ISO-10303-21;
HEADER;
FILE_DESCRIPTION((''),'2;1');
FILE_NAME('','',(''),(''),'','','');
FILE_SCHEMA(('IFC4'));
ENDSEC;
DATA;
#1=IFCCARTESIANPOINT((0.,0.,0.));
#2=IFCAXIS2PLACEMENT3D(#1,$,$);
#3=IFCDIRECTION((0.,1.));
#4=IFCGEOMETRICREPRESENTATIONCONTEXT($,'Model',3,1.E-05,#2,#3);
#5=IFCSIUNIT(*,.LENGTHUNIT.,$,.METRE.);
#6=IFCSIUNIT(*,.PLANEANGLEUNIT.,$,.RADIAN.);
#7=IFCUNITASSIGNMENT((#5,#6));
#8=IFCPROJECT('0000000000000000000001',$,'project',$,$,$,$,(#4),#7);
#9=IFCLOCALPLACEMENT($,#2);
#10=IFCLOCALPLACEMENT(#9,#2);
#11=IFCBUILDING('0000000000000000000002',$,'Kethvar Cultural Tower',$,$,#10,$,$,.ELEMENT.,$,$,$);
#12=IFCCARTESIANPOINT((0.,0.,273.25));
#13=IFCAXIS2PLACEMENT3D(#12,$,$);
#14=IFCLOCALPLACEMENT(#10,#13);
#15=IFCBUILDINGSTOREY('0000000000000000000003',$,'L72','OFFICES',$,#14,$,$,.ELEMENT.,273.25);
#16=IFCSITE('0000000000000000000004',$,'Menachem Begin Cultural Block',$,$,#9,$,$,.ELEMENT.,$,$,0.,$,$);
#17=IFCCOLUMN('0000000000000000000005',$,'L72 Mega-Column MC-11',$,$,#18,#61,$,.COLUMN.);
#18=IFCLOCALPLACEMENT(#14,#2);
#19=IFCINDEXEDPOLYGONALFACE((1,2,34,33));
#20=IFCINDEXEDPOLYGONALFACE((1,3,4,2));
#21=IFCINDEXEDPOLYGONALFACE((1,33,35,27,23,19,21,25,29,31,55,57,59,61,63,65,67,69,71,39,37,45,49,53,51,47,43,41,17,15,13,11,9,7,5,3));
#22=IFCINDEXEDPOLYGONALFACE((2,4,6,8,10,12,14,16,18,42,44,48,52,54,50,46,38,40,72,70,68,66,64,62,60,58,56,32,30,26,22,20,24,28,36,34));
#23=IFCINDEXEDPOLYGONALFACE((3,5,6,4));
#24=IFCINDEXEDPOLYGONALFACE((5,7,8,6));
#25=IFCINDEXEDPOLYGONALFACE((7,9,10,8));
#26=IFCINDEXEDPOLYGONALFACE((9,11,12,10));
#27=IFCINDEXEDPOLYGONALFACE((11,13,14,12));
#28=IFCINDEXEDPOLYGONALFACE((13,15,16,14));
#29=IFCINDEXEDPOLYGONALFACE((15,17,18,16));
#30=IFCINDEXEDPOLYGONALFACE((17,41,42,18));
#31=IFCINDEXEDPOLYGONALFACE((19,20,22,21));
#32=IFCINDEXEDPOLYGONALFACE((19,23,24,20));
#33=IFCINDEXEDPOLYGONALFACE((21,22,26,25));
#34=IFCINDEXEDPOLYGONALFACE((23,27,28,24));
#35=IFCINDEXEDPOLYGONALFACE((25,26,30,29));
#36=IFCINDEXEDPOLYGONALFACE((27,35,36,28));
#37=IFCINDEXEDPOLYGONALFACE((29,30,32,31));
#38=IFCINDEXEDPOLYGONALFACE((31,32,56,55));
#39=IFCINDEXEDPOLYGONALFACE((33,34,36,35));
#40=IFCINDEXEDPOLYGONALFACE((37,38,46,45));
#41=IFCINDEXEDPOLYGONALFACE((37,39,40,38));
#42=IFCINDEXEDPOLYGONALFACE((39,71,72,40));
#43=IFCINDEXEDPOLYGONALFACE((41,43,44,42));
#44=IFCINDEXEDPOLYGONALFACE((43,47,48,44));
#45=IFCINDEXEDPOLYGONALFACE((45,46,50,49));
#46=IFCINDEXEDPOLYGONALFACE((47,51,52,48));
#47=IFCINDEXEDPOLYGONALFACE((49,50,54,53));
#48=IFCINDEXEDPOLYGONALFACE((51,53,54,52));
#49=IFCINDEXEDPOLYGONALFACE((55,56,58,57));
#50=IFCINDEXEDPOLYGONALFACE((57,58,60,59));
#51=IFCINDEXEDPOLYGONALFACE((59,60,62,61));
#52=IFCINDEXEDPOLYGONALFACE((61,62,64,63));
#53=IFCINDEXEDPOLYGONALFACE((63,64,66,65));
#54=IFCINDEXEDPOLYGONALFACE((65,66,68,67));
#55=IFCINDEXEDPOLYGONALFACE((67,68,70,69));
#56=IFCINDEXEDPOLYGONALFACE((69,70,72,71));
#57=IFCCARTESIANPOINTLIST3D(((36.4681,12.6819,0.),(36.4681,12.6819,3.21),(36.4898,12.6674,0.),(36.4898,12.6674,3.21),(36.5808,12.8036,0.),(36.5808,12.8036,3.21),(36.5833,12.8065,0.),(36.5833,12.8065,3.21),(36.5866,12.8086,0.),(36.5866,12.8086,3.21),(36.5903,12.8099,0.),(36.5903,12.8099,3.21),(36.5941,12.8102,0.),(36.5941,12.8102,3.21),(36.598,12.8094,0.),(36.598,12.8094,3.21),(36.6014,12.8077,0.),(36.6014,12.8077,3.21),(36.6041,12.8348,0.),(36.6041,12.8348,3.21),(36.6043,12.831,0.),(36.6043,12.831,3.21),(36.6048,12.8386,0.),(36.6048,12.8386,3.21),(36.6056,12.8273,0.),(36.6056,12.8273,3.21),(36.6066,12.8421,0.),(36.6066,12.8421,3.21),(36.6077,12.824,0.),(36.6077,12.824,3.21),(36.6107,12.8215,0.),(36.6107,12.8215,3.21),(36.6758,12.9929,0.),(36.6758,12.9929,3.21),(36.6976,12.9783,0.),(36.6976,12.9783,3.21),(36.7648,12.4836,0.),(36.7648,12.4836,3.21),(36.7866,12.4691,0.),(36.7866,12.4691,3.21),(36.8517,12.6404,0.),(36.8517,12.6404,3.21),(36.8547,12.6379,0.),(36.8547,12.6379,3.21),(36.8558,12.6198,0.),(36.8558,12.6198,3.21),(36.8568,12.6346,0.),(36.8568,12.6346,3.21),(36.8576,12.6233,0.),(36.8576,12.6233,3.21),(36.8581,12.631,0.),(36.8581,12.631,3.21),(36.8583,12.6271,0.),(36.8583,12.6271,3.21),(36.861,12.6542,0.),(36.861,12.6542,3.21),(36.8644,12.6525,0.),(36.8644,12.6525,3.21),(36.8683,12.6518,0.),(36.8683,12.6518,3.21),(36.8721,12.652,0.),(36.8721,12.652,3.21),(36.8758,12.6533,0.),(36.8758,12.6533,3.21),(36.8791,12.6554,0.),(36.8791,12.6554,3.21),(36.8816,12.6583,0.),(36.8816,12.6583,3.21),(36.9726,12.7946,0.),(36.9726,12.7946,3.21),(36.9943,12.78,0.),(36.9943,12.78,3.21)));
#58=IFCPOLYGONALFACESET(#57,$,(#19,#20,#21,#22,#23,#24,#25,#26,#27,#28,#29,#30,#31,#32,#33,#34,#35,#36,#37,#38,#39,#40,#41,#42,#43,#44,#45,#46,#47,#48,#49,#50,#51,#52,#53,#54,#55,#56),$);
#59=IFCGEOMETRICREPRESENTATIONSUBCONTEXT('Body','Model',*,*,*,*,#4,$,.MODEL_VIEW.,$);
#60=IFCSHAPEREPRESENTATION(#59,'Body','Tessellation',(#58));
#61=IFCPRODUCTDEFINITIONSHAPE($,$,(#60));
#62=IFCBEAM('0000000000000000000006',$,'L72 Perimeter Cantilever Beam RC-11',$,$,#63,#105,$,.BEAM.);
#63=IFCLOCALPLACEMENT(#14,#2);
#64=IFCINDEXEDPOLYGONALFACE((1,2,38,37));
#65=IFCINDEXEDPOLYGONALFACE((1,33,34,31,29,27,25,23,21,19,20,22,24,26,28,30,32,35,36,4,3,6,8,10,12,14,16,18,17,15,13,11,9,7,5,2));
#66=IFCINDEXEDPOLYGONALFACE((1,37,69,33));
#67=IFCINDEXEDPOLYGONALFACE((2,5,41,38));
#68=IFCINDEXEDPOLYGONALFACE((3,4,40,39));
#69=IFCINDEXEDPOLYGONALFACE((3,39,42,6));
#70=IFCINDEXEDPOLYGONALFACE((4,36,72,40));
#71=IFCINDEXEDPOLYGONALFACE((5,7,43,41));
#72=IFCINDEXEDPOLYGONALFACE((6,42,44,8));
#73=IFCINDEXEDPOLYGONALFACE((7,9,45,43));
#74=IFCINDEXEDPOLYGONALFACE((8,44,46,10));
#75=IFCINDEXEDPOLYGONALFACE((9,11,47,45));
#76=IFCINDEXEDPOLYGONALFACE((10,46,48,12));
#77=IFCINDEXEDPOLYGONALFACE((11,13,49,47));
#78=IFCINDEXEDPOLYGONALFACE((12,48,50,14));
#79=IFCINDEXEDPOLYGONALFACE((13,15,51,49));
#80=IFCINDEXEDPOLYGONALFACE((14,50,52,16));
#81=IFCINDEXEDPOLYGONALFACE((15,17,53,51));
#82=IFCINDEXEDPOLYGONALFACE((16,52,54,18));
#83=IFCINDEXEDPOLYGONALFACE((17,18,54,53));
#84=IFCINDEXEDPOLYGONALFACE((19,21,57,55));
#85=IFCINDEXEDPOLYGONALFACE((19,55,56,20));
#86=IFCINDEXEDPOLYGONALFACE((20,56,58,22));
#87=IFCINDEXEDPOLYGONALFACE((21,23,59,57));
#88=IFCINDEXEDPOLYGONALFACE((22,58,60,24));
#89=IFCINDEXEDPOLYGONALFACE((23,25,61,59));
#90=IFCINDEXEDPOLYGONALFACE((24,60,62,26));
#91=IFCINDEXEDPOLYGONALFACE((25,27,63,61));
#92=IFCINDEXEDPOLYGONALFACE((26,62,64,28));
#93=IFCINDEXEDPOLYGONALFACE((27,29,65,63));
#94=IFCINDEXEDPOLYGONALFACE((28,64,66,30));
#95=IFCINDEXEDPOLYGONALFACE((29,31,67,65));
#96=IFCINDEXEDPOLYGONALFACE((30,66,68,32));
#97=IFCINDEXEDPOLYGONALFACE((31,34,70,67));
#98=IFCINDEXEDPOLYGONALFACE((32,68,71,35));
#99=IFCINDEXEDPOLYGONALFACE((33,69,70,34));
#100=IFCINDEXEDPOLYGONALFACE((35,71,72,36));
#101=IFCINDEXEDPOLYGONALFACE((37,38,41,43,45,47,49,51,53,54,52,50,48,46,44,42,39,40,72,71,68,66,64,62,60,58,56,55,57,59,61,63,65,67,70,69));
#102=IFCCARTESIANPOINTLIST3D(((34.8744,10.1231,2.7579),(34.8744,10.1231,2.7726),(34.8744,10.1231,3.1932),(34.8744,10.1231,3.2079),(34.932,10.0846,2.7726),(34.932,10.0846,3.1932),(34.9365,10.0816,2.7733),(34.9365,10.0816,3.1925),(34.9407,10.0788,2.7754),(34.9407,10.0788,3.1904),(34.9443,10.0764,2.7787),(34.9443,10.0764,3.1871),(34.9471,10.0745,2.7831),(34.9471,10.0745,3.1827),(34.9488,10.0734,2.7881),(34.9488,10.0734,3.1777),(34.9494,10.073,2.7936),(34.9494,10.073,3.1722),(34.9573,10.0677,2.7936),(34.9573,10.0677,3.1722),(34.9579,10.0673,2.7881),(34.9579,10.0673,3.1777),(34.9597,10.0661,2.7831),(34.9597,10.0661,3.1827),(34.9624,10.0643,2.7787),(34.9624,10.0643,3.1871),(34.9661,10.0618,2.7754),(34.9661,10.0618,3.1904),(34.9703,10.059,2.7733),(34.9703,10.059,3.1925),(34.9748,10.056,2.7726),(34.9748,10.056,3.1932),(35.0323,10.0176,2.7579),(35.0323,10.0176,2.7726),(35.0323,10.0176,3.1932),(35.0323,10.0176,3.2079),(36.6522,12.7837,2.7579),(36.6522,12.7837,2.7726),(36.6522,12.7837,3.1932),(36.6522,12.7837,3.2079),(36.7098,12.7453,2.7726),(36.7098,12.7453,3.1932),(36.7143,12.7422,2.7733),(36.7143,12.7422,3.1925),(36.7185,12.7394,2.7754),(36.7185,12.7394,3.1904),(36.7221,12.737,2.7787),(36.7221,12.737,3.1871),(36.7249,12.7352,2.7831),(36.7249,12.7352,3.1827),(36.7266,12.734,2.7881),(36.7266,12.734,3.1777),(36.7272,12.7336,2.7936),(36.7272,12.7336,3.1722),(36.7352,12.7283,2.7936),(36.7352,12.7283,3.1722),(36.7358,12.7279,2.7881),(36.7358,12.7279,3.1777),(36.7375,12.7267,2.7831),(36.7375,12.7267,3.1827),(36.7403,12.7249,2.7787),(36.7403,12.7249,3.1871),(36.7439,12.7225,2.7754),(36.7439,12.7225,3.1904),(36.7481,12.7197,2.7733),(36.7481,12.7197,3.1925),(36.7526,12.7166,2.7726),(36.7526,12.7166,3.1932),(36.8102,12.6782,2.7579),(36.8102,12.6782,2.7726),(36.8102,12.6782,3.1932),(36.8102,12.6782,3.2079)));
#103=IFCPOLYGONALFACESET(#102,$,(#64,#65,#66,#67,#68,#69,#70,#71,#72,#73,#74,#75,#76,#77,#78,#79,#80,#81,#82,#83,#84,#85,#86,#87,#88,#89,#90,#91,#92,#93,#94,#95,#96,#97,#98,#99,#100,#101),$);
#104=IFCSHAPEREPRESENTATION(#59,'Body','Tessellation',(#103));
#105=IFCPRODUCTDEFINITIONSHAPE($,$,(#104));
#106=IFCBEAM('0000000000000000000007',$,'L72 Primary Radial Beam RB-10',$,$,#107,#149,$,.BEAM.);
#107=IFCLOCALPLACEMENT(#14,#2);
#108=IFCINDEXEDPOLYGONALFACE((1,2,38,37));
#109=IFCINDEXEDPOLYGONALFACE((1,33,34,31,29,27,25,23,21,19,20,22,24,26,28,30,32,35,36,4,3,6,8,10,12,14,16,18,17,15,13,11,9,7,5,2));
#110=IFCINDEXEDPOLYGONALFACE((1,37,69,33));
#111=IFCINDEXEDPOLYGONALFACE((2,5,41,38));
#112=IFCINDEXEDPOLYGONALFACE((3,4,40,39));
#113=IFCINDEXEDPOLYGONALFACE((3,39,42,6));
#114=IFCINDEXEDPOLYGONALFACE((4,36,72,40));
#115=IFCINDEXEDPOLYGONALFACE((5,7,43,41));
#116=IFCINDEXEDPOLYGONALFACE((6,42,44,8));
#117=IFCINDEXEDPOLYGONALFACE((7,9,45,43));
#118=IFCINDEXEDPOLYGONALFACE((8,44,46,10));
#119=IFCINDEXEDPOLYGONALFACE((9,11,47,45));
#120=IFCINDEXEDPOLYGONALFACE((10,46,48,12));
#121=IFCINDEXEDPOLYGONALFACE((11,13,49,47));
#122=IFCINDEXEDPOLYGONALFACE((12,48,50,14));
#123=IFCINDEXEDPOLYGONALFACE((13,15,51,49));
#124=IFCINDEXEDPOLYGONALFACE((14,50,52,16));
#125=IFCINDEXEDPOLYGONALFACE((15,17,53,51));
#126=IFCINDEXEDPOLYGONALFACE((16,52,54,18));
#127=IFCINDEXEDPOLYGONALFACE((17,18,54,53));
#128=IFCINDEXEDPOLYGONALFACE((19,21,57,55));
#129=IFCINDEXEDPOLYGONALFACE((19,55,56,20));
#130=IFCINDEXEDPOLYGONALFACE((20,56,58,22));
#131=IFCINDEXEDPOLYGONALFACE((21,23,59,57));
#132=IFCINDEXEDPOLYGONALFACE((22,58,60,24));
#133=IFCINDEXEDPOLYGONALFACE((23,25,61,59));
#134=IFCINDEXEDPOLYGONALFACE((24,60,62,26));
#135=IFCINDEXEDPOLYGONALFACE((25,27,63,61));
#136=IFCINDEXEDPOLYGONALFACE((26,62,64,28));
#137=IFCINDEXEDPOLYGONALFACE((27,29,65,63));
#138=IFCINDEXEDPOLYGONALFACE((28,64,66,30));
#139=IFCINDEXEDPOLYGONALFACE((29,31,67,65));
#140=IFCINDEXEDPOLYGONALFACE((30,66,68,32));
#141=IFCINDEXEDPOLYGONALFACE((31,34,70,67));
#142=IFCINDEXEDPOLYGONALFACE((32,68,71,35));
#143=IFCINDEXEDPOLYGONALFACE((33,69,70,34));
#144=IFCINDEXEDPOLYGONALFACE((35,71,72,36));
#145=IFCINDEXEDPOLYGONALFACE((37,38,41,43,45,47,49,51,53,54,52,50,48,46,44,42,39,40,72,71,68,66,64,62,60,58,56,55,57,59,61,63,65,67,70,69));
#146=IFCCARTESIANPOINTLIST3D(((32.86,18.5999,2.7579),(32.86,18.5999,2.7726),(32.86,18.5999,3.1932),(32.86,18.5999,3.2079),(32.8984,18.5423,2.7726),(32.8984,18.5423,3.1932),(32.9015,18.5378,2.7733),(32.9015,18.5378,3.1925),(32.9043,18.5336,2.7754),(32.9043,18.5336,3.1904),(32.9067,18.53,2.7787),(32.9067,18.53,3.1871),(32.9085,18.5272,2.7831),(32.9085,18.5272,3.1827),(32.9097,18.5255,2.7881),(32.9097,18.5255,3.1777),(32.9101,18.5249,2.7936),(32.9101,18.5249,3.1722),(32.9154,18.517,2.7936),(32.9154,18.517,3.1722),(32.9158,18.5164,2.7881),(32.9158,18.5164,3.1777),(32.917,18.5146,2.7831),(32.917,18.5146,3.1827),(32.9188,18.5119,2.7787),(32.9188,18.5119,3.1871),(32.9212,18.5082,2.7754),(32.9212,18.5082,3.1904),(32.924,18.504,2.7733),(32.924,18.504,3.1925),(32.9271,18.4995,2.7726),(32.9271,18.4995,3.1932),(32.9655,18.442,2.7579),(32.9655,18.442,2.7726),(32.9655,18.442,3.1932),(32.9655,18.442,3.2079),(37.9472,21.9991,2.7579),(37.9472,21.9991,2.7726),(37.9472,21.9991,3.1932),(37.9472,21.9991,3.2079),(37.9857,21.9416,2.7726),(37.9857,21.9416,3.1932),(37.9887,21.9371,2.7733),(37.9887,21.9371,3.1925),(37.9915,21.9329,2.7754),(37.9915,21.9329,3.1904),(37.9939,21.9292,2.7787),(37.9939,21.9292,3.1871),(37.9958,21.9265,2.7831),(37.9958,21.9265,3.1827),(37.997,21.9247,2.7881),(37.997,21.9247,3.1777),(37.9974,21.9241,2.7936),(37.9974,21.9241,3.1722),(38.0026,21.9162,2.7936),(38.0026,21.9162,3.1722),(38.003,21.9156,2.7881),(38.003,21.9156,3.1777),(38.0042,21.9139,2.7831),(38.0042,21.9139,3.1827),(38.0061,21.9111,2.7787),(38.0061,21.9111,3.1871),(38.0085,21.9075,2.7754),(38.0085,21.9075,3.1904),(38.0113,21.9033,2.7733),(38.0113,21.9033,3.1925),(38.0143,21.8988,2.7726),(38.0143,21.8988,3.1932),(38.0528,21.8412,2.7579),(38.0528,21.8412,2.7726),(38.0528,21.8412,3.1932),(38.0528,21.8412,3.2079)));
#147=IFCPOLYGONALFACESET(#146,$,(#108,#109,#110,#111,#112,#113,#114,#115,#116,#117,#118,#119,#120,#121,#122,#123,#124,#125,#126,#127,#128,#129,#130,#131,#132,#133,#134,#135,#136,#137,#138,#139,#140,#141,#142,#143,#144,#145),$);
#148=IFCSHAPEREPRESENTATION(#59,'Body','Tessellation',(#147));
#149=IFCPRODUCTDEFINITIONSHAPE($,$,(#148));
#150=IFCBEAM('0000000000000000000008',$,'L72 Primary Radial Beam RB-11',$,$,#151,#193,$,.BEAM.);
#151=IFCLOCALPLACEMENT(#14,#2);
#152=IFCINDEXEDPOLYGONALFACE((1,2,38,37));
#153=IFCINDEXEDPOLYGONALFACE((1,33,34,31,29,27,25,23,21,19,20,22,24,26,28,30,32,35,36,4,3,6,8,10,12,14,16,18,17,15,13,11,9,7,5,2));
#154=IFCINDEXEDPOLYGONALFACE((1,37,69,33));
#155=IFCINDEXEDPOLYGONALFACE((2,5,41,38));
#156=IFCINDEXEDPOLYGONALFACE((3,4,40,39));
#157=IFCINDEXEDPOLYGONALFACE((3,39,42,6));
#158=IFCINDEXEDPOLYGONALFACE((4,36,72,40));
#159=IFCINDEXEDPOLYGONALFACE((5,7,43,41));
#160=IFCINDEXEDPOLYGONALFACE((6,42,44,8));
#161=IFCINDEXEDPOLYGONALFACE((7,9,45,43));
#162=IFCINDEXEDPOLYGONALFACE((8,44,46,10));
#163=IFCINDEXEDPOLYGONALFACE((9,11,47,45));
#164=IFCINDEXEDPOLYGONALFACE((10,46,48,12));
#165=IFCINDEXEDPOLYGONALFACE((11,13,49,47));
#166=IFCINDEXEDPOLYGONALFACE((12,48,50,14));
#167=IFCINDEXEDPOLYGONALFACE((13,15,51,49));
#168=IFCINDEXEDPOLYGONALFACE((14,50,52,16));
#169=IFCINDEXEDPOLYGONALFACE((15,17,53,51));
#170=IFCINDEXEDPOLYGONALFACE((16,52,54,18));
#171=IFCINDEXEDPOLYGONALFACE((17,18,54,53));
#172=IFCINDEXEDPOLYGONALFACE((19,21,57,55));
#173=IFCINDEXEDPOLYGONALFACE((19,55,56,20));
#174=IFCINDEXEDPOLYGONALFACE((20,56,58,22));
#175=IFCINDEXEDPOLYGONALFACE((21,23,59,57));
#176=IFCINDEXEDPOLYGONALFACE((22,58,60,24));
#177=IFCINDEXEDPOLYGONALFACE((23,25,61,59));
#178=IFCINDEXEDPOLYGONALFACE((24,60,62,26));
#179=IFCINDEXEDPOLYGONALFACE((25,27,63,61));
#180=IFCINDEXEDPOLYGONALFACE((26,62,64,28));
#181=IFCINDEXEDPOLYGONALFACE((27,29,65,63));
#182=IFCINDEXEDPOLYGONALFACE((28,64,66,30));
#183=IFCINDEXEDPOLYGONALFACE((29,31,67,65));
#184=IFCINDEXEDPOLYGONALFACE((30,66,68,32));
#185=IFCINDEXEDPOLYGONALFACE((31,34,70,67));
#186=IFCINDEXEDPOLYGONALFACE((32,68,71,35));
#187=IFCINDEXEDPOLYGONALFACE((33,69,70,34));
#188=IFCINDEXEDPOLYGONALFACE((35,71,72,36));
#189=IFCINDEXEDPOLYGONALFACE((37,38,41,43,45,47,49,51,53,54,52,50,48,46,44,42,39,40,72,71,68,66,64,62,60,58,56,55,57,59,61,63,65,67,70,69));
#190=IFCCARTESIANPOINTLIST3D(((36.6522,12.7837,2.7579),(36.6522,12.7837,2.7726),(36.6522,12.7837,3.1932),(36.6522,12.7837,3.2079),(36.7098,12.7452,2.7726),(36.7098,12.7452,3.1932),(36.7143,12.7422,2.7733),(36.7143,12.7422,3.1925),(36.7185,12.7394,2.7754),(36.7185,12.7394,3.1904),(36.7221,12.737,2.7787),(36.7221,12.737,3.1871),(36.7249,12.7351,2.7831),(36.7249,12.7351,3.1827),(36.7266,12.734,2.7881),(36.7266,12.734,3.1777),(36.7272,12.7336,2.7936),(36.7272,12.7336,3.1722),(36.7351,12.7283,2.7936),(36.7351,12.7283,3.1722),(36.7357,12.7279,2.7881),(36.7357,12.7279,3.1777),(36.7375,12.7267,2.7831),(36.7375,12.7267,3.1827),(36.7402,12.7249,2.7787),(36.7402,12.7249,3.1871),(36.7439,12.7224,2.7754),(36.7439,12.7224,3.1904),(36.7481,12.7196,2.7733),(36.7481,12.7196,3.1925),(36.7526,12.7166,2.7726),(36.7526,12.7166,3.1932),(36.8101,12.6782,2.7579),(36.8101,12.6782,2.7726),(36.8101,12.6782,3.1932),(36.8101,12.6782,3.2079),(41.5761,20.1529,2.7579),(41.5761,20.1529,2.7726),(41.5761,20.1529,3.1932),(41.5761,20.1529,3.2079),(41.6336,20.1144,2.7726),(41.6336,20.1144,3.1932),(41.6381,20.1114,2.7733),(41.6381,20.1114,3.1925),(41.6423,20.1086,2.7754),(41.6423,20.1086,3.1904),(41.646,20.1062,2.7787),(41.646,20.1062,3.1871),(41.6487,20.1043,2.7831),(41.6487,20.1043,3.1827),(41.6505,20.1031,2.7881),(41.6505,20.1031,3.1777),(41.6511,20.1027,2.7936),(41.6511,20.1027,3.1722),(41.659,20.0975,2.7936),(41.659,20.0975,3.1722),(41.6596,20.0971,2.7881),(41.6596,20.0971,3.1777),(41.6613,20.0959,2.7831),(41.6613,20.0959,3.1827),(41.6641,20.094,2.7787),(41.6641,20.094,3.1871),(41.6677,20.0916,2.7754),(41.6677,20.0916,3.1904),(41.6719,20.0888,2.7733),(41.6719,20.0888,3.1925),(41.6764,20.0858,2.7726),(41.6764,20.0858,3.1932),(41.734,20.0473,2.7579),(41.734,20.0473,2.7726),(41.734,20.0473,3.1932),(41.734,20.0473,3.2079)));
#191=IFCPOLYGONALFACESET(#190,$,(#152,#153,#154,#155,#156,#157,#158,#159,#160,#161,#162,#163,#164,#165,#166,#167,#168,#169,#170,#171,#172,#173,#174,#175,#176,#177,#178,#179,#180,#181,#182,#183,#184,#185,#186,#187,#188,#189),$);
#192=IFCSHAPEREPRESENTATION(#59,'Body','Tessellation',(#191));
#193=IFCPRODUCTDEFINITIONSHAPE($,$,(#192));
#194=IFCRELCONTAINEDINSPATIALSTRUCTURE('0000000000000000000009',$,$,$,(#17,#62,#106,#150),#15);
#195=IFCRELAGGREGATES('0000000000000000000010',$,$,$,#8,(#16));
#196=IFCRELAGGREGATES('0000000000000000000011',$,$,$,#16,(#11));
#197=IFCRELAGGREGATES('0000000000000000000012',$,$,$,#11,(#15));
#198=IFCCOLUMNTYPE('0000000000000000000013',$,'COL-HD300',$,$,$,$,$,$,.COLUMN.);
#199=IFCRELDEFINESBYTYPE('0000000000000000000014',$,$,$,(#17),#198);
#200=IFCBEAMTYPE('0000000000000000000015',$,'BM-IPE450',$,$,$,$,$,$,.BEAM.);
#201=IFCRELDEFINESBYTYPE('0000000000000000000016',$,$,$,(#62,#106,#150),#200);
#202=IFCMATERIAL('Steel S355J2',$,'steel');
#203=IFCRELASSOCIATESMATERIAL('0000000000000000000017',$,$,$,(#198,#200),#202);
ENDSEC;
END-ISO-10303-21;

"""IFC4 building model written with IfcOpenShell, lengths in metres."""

from ifc_helpers import new_model, si_unit, direction, frame, origin, origin_2d, place, context, subcontext, project, spatial, i_section, extrude, source, transform, mapped, material, material_profile, profile_set, type_object, element, save


model = new_model("IFC4")

# Units and contexts
model_context = context("Model", 3, precision=1e-05, world=origin(), true_north=direction((0.0, 1.0)))
body_context = subcontext(model_context, "Body", "Model", "MODEL_VIEW")
ifc_project = project(units=[si_unit("LENGTHUNIT", "METRE"), si_unit("PLANEANGLEUNIT", "RADIAN")], contexts=[model_context])

# Site, building, storey
site_placement = place(None, origin())
site = spatial("IfcSite", under=ifc_project, at=site_placement, Name="Menachem Begin Cultural Block", CompositionType="ELEMENT", RefElevation=0.0)
building_placement = place(site_placement, origin())
building = spatial("IfcBuilding", under=site, at=building_placement, Name="Kethvar Cultural Tower", CompositionType="ELEMENT")
storey_placement = place(building_placement, frame((0.0, 0.0, 273.25)))
storey = spatial("IfcBuildingStorey", under=building, at=storey_placement, Name="L72", Description="OFFICES", CompositionType="ELEMENT", Elevation=273.25)

# Column
ifc_material_1 = material(Name="Steel S355J2", Category="steel")
ifc_material_profile_1 = material_profile(ifc_material_1, i_section(OverallWidth=0.374, OverallDepth=0.3831, WebThickness=0.0166, FlangeThickness=0.0261, FilletRadius=0.0149, at=origin_2d()), Name="Steel S355J2 — HD360x300")
ifc_profile_set_1 = profile_set([ifc_material_profile_1], Name="Steel S355J2 — HD360x300")
column_type = type_object("IfcColumnType", Name="COL-HD300", PredefinedType="COLUMN", material=ifc_profile_set_1)
shared_shape_1 = source(origin(), body_context, "Body", "SweptSolid", [
    extrude(i_section(OverallWidth=0.374, OverallDepth=0.3831, WebThickness=0.0166, FlangeThickness=0.0261, FilletRadius=0.0149, at=origin_2d()), origin(), (0.0, 0.0, 1.0), 3.21),
])
column_placement = place(storey_placement, frame((36.7312, 12.731, 0.0), z_axis=(0.0, 0.0, 1.0), x_axis=(-0.55557, -0.83147, 0.0)))
element("IfcColumn", 1, at=column_placement, inside=storey, type_object=column_type, Name="L72 Mega-Column MC-11", PredefinedType="COLUMN", context=body_context, shape_type="MappedRepresentation", body=[
    mapped(shared_shape_1, transform((0.0, 0.0, 0.0), scale=1.0)),
])

# Beams
ifc_material_profile_2 = material_profile(ifc_material_1, i_section(OverallWidth=0.1899, OverallDepth=0.45, WebThickness=0.0095, FlangeThickness=0.0146, FilletRadius=0.021, at=origin_2d()), Name="Steel S355J2 — IPE450")
ifc_profile_set_2 = profile_set([ifc_material_profile_2], Name="Steel S355J2 — IPE450")
beam_type_1 = type_object("IfcBeamType", Name="BM-IPE450", PredefinedType="BEAM", material=ifc_profile_set_2)
shared_shape_2 = source(origin(), body_context, "Body", "SweptSolid", [
    extrude(i_section(OverallWidth=0.1899, OverallDepth=0.45, WebThickness=0.0095, FlangeThickness=0.0146, FilletRadius=0.021, at=origin_2d()), origin(), (0.0, 0.0, 1.0), 3.2),
])
beam_1_placement = place(storey_placement, frame((36.7312, 12.731, 2.9829), z_axis=(-0.55558, -0.831463, 0.0), x_axis=(0.831463, -0.55558, 0.0)))
element("IfcBeam", 2, at=beam_1_placement, inside=storey, type_object=beam_type_1, Name="L72 Perimeter Cantilever Beam RC-11", PredefinedType="BEAM", context=body_context, shape_type="MappedRepresentation", body=[
    mapped(shared_shape_2, transform((0.0, 0.0, 0.0), scale=1.0)),
])
shared_shape_3 = source(origin(), body_context, "Body", "SweptSolid", [
    extrude(i_section(OverallWidth=0.1899, OverallDepth=0.45, WebThickness=0.0095, FlangeThickness=0.0146, FilletRadius=0.021, at=origin_2d()), origin(), (0.0, 0.0, 1.0), 6.1184),
])
beam_2_placement = place(storey_placement, frame((38.0, 21.9202, 2.9829), z_axis=(-0.831467, -0.555575, 0.0), x_axis=(0.555575, -0.831467, 0.0)))
element("IfcBeam", 3, at=beam_2_placement, inside=storey, type_object=beam_type_1, Name="L72 Primary Radial Beam RB-10", PredefinedType="BEAM", context=body_context, shape_type="MappedRepresentation", body=[
    mapped(shared_shape_3, transform((0.0, 0.0, 0.0), scale=1.0)),
])
shared_shape_4 = source(origin(), body_context, "Body", "SweptSolid", [
    extrude(i_section(OverallWidth=0.1899, OverallDepth=0.45, WebThickness=0.0095, FlangeThickness=0.0146, FilletRadius=0.021, at=origin_2d()), origin(), (0.0, 0.0, 1.0), 8.8628),
])
beam_3_placement = place(storey_placement, frame((41.655, 20.1001, 2.9829), z_axis=(-0.555564, -0.831473, 0.0), x_axis=(0.831473, -0.555564, 0.0)))
element("IfcBeam", 4, at=beam_3_placement, inside=storey, type_object=beam_type_1, Name="L72 Primary Radial Beam RB-11", PredefinedType="BEAM", context=body_context, shape_type="MappedRepresentation", body=[
    mapped(shared_shape_4, transform((0.0, 0.0, 0.0), scale=1.0)),
])

save(model, "model.ifc")
